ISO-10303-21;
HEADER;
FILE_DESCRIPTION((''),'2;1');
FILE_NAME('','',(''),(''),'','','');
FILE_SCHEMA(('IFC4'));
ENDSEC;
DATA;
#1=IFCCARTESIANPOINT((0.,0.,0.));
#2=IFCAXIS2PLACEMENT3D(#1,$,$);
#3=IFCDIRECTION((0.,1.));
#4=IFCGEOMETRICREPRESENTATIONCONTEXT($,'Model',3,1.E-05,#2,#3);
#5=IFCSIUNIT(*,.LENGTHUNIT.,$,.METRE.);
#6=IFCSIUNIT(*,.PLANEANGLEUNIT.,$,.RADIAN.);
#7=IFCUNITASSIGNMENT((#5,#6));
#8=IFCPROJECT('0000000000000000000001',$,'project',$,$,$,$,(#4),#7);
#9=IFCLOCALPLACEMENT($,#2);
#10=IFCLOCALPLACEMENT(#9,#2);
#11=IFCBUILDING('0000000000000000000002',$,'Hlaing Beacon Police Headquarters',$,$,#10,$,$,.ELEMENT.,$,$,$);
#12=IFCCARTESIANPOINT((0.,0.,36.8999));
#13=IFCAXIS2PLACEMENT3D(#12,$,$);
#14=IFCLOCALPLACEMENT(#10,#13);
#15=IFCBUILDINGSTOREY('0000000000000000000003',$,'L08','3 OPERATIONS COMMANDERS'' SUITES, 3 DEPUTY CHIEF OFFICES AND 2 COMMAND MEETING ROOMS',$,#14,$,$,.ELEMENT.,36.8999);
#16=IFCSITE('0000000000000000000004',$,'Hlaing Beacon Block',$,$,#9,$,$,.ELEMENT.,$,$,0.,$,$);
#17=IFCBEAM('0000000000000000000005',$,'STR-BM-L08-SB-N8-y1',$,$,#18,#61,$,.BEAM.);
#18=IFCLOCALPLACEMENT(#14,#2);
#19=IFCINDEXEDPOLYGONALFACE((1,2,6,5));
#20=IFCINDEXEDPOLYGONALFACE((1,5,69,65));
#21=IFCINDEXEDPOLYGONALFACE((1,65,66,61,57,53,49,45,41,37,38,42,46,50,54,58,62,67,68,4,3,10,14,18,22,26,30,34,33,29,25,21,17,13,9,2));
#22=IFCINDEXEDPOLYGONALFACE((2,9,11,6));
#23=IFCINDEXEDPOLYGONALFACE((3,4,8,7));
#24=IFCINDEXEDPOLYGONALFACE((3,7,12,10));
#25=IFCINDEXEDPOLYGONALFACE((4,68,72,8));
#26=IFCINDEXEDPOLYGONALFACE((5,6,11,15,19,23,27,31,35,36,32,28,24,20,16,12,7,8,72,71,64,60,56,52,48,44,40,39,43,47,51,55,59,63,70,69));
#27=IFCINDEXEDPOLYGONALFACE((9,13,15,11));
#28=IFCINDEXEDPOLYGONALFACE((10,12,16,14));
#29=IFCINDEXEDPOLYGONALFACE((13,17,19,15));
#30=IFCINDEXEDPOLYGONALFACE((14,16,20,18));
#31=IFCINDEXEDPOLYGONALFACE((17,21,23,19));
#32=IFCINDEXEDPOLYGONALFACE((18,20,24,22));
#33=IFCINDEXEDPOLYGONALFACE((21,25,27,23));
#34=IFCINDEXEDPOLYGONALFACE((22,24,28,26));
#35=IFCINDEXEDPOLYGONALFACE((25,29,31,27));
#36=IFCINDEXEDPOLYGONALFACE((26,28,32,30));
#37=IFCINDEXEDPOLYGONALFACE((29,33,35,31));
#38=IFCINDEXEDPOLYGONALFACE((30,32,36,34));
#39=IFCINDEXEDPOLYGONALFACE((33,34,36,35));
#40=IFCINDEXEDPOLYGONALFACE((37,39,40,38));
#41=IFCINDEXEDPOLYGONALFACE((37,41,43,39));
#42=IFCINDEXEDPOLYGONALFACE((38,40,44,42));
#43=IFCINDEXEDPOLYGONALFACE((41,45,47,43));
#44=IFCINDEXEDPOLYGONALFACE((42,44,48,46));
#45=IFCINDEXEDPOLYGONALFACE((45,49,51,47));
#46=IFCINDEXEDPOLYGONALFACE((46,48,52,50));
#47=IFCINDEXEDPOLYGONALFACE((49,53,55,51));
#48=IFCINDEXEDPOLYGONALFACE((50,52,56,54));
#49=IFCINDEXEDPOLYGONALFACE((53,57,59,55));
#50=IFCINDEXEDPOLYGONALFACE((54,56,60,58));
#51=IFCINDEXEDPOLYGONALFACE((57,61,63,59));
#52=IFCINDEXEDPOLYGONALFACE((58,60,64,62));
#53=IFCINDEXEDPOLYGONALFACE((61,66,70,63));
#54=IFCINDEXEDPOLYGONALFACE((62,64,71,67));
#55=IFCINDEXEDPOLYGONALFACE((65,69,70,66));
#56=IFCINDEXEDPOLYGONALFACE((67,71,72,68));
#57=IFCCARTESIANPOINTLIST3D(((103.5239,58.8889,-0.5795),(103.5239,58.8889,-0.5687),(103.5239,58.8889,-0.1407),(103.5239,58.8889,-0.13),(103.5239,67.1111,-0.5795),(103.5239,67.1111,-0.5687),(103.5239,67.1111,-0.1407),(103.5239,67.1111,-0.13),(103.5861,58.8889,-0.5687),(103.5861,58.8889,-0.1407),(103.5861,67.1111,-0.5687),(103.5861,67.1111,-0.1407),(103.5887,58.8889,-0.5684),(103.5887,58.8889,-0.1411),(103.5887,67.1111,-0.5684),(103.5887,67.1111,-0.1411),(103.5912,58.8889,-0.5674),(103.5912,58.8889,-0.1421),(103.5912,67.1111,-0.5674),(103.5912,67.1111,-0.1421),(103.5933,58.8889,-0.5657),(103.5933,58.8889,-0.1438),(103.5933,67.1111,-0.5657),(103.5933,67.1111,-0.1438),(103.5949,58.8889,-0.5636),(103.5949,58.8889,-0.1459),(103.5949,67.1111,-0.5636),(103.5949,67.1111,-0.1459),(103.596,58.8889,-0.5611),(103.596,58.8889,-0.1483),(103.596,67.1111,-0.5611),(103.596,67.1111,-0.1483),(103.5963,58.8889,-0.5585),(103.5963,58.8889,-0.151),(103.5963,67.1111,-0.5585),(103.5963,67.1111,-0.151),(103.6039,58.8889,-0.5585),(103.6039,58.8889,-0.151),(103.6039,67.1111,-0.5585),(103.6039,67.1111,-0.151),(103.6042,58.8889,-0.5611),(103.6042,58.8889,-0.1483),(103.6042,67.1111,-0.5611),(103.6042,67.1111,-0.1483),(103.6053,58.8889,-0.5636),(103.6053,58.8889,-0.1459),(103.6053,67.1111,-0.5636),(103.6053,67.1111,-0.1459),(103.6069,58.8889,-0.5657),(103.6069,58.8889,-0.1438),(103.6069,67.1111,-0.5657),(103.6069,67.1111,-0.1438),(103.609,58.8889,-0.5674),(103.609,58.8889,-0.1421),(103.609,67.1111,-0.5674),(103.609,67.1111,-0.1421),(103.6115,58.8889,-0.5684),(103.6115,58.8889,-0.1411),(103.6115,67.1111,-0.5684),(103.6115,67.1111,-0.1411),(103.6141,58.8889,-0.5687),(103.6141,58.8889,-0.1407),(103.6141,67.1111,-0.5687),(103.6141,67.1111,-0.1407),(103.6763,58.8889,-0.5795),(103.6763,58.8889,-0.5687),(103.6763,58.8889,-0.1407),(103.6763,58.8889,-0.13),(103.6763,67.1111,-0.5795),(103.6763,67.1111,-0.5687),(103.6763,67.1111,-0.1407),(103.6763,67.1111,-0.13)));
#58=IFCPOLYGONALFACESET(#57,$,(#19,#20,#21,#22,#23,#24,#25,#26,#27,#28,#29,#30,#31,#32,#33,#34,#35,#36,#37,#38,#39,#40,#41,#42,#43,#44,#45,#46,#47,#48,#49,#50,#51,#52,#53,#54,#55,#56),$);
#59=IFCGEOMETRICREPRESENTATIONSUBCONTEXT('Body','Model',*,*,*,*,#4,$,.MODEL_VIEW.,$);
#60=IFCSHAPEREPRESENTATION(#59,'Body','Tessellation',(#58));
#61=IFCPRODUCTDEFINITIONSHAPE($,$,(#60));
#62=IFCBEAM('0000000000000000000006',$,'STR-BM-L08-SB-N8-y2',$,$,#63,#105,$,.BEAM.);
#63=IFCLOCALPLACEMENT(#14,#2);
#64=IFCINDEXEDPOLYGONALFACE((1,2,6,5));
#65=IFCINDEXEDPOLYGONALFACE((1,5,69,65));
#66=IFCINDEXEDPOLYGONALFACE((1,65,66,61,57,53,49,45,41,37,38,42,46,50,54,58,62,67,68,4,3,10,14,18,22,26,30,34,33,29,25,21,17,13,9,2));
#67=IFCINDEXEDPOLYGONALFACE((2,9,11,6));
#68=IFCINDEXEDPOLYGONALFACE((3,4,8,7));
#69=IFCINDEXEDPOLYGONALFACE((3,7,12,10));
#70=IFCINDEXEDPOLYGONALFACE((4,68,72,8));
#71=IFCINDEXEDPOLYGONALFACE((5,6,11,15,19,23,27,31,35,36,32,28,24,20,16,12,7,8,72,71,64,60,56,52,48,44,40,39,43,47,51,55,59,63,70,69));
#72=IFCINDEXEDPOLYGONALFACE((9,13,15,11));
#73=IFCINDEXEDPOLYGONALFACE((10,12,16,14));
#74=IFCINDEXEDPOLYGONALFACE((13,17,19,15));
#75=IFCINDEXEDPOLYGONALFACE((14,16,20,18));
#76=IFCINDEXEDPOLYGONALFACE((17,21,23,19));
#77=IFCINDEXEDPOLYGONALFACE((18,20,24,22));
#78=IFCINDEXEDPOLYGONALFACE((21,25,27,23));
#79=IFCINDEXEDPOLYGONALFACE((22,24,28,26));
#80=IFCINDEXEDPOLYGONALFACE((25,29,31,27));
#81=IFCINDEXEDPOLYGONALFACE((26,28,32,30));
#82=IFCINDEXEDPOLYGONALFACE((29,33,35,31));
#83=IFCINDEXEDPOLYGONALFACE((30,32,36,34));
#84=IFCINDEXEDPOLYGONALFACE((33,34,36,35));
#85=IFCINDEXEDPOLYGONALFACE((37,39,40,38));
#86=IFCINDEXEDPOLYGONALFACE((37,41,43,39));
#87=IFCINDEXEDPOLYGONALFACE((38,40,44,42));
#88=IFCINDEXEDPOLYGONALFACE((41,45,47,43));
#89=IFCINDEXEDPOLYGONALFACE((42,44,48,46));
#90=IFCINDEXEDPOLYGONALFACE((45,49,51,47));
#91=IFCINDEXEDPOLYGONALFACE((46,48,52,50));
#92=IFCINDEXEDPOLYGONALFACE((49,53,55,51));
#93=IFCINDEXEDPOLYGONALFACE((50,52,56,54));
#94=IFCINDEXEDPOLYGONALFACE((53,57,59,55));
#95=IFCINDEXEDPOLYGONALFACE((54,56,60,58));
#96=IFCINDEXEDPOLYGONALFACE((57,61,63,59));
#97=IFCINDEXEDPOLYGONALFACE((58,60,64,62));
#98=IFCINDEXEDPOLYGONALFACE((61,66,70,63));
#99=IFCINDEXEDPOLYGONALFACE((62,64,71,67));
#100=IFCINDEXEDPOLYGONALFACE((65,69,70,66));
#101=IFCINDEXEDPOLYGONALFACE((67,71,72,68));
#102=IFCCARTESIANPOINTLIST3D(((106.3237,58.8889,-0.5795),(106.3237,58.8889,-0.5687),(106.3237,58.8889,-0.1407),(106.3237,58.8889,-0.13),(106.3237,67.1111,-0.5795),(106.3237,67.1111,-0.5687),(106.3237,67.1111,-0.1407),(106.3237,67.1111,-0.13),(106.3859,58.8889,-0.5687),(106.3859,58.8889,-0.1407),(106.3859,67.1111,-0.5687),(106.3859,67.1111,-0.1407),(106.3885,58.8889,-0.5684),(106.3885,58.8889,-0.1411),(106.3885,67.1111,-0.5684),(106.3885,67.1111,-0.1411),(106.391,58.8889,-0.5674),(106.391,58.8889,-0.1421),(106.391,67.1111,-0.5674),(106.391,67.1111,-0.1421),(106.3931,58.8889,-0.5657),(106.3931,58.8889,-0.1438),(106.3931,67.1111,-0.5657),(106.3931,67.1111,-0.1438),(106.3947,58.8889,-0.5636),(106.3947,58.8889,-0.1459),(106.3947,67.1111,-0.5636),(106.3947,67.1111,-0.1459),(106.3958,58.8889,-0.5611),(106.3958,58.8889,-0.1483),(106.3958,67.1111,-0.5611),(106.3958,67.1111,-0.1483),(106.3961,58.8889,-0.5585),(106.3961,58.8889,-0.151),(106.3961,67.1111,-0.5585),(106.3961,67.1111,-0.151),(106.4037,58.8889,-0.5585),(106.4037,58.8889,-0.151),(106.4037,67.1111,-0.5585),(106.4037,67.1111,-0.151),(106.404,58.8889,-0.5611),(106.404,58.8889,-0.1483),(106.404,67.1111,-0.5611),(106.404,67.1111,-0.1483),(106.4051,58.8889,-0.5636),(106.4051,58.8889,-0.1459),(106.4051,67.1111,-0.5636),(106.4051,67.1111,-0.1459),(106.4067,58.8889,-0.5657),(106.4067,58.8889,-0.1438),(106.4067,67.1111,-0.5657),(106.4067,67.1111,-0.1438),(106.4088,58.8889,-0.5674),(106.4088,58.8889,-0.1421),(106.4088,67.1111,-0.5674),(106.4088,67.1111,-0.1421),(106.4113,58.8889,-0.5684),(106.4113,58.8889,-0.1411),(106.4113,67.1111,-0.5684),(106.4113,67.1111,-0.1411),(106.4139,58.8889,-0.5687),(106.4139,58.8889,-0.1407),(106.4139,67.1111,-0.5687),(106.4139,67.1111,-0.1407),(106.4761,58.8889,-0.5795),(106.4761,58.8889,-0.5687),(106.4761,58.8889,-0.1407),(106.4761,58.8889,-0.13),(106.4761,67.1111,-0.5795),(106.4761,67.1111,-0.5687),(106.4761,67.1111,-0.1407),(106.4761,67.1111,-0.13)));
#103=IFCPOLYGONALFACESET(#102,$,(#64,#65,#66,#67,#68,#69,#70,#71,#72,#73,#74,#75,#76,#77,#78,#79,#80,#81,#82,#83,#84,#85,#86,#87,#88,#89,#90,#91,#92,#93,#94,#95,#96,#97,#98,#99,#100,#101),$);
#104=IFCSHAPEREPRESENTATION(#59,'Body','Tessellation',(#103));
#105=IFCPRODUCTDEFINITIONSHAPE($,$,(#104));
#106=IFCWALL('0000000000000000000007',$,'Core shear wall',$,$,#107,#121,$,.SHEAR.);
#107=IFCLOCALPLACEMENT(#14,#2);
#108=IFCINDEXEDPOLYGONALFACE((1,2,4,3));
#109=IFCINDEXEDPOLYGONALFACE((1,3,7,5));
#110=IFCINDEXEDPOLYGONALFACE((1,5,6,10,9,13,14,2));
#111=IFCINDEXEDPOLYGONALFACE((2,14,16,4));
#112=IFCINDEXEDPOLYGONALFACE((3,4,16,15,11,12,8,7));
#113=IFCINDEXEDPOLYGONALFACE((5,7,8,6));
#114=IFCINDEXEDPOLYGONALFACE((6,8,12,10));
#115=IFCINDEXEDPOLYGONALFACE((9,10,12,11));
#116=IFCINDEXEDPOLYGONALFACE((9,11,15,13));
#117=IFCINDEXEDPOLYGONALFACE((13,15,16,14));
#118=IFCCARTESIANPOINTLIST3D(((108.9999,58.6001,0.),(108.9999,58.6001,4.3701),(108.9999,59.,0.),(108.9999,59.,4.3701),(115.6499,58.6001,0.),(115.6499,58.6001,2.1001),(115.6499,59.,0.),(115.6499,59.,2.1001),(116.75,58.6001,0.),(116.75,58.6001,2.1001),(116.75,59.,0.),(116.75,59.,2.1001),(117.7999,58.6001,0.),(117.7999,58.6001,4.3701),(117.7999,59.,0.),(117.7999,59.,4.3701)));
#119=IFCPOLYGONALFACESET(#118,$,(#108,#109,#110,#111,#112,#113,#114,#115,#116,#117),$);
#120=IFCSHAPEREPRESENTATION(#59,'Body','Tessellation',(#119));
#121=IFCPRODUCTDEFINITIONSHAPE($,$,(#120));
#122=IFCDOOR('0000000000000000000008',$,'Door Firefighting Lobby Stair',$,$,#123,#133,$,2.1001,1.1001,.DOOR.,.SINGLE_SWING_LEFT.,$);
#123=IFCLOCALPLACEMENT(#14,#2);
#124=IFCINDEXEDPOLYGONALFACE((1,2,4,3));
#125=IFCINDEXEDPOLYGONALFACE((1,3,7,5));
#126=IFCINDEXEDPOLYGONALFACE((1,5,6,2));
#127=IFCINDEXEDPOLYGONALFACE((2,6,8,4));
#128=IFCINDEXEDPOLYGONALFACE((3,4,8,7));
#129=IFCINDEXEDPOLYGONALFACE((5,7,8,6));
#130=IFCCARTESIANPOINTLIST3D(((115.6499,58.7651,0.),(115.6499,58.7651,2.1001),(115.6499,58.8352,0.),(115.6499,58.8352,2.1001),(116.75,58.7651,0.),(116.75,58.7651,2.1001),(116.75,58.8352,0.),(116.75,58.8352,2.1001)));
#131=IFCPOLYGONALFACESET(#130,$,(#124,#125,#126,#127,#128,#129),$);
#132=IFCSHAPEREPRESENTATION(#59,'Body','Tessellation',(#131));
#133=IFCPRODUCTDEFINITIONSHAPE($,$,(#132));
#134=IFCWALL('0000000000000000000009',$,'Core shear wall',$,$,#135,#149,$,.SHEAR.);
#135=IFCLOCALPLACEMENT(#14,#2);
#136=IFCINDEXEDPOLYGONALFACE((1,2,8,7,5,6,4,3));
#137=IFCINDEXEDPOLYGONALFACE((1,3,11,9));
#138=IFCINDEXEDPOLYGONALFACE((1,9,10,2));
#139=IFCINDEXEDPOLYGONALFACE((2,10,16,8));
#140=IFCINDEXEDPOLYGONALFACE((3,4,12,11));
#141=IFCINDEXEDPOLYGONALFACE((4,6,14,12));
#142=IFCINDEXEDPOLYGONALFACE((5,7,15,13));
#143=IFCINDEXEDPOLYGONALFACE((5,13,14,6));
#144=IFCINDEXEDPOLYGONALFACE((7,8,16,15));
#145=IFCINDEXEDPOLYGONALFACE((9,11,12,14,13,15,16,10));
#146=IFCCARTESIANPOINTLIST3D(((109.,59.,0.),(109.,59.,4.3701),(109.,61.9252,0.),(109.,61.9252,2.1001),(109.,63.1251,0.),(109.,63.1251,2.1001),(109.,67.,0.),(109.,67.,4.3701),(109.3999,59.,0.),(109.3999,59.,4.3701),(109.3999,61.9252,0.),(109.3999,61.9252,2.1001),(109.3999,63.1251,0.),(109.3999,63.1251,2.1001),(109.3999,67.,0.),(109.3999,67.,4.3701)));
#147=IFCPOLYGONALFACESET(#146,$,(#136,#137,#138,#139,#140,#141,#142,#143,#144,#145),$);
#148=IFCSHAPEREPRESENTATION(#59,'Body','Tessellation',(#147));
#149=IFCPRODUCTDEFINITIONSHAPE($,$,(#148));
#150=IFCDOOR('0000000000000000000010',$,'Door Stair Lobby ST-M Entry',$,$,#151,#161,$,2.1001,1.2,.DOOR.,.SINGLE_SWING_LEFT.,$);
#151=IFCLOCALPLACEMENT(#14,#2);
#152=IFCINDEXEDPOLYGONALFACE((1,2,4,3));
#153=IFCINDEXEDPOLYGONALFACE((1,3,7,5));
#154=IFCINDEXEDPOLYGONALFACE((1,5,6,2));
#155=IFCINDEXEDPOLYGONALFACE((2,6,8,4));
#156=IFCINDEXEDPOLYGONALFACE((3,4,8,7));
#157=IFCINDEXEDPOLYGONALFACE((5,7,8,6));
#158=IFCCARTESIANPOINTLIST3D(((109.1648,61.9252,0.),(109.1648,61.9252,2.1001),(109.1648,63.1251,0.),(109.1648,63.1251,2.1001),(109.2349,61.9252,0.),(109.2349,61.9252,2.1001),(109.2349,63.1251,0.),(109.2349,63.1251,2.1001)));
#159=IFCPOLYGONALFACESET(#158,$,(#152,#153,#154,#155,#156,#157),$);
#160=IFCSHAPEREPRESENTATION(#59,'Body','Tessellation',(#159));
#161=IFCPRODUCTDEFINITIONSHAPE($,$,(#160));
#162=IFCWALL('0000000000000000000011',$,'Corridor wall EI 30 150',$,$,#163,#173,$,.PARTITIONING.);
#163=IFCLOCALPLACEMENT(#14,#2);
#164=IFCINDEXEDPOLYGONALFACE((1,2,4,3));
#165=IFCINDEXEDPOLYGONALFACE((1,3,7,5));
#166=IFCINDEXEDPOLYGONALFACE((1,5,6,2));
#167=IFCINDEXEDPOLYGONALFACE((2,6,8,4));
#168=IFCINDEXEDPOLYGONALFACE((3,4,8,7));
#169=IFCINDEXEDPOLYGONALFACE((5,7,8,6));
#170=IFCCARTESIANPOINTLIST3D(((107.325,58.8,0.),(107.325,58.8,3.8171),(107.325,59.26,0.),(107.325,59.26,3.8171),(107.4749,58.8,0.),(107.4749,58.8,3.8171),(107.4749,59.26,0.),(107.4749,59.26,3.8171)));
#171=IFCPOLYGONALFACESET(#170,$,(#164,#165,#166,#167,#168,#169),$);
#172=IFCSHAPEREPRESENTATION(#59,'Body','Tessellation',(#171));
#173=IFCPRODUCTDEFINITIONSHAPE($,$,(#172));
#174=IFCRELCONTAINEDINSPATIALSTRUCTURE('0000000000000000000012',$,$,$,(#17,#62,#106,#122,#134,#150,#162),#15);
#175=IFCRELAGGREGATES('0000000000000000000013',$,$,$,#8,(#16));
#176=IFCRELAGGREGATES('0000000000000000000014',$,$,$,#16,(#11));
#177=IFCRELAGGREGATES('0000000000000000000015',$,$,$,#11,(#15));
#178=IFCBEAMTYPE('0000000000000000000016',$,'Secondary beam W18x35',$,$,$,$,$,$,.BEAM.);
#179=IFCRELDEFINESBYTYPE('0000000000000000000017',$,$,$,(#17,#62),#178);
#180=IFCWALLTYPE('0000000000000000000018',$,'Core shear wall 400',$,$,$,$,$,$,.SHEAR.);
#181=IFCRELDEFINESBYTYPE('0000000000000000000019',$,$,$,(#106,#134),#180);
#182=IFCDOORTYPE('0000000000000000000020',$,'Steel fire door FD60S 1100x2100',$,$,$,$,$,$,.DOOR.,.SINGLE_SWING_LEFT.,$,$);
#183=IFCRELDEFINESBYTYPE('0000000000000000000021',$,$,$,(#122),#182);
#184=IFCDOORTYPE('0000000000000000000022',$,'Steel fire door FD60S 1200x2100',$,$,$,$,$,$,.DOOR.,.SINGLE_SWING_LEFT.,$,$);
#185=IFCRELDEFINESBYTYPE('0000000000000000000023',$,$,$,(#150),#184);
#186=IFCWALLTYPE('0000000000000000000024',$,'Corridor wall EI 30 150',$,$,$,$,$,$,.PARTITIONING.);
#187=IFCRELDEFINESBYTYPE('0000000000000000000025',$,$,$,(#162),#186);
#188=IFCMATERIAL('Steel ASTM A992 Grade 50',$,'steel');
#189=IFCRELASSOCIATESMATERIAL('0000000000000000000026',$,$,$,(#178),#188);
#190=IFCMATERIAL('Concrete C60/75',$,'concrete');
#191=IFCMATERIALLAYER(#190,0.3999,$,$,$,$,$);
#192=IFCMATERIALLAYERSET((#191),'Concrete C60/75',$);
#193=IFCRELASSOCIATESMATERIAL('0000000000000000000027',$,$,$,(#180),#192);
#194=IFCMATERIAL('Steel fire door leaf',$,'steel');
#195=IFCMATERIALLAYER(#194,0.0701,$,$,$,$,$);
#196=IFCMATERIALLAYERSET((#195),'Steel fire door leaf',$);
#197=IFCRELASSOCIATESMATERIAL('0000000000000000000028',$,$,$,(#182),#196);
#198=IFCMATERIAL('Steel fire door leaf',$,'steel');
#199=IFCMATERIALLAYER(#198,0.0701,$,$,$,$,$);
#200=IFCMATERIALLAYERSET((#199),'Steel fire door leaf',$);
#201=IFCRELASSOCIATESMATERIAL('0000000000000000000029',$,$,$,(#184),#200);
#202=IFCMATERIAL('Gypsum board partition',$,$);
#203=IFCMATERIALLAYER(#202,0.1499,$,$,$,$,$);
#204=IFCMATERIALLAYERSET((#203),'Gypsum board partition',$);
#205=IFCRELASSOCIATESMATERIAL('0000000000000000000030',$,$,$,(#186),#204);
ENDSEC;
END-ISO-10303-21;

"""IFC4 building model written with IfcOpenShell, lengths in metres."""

from ifc_helpers import new_model, si_unit, direction, frame, frame_2d, origin, origin_2d, place, context, subcontext, project, spatial, rectangle, i_section, extrude, material, layer, layer_set, material_profile, profile_set, type_object, element, fill, save


model = new_model("IFC4")

# Units and contexts
model_context = context("Model", 3, precision=1e-05, world=origin(), true_north=direction((0.0, 1.0)))
body_context = subcontext(model_context, "Body", "Model", "MODEL_VIEW")
ifc_project = project(units=[si_unit("LENGTHUNIT", "METRE"), si_unit("PLANEANGLEUNIT", "RADIAN")], contexts=[model_context])

# Site, building, storey
site_placement = place(None, origin())
site = spatial("IfcSite", under=ifc_project, at=site_placement, Name="Hlaing Beacon Block", CompositionType="ELEMENT", RefElevation=0.0)
building_placement = place(site_placement, origin())
building = spatial("IfcBuilding", under=site, at=building_placement, Name="Hlaing Beacon Police Headquarters", CompositionType="ELEMENT")
storey_placement = place(building_placement, frame((0.0, 0.0, 36.8999)))
storey = spatial("IfcBuildingStorey", under=building, at=storey_placement, Name="L08", Description="3 OPERATIONS COMMANDERS' SUITES, 3 DEPUTY CHIEF OFFICES AND 2 COMMAND MEETING ROOMS", CompositionType="ELEMENT", Elevation=36.8999)

# Beams
ifc_material_1 = material(Name="Steel ASTM A992 Grade 50", Category="steel")
ifc_material_profile = material_profile(ifc_material_1, i_section(OverallWidth=0.1523, OverallDepth=0.4495, WebThickness=0.0076, FlangeThickness=0.0107, FilletRadius=0.0103, at=origin_2d()), Name="W18x35")
ifc_profile_set = profile_set([ifc_material_profile], Name="Steel ASTM A992 Grade 50")
beam_type = type_object("IfcBeamType", Name="Secondary beam W18x35", PredefinedType="BEAM", material=ifc_profile_set)
for number, where, z_axis, x_axis, name in (
    (1, (103.6001, 58.8889, -0.3547), (0.0, 1.0, 0.0), (-1.0, 0.0, 0.0), "STR-BM-L08-SB-N8-y1"),
    (2, (106.3999, 58.8889, -0.3547), (0.0, 1.0, 0.0), (-1.0, 0.0, 0.0), "STR-BM-L08-SB-N8-y2"),
):
    element("IfcBeam", number, at=place(storey_placement, frame(where, z_axis=z_axis, x_axis=x_axis)), inside=storey, type_object=beam_type, Name=name, PredefinedType="BEAM", context=body_context, shape_type="SweptSolid", body=[
        extrude(i_section(OverallWidth=0.1523, OverallDepth=0.4495, WebThickness=0.0076, FlangeThickness=0.0107, FilletRadius=0.0103, at=origin_2d()), origin(), (0.0, 0.0, 1.0), 8.2222),
    ])

# Walls, openings, doors
ifc_material_2 = material(Name="Concrete C60/75", Category="concrete")
ifc_layer_1 = layer(ifc_material_2, 0.3999)
ifc_layer_set_1 = layer_set([ifc_layer_1], Name="Concrete C60/75")
wall_type_1 = type_object("IfcWallType", Name="Core shear wall 400", PredefinedType="SHEAR", material=ifc_layer_set_1)
wall_1_placement = place(storey_placement, frame((109.0, 58.8, 0.0), z_axis=(0.0, 0.0, 1.0), x_axis=(1.0, 0.0, 0.0)))
wall_1 = element("IfcWall", 3, at=wall_1_placement, inside=storey, type_object=wall_type_1, Name="Core shear wall", PredefinedType="SHEAR", context=body_context, shape_type="SweptSolid", body=[
    extrude(rectangle(XDim=8.8, YDim=0.3999, at=frame_2d((4.3999, 0.0))), origin(), (0.0, 0.0, 1.0), 4.3701),
])
opening_1_placement = place(wall_1_placement, frame((6.6499, 0.0, 0.0)))
opening_1 = element("IfcOpeningElement", 4, at=opening_1_placement, cuts=wall_1, PredefinedType="OPENING", context=body_context, shape_type="SweptSolid", body=[
    extrude(rectangle(XDim=1.1001, YDim=2.1001, at=frame_2d((0.55, 1.05))), frame((0.0, 0.21, 0.0), z_axis=(0.0, -1.0, 0.0), x_axis=(1.0, 0.0, 0.0)), (0.0, 0.0, 1.0), 0.4199),
])
ifc_material_3 = material(Name="Steel fire door leaf", Category="steel")
ifc_layer_2 = layer(ifc_material_3, 0.0701)
ifc_layer_set_2 = layer_set([ifc_layer_2], Name="Steel fire door leaf")
door_type_1 = type_object("IfcDoorType", Name="Steel fire door FD60S 1100x2100", OperationType="SINGLE_SWING_LEFT", PredefinedType="DOOR", material=ifc_layer_set_2)
door_1_placement = place(opening_1_placement, origin())
door_1 = element("IfcDoor", 5, at=door_1_placement, inside=storey, type_object=door_type_1, Name="Door Firefighting Lobby Stair", OperationType="SINGLE_SWING_LEFT", OverallHeight=2.1001, OverallWidth=1.1001, PredefinedType="DOOR", context=body_context, shape_type="SweptSolid", body=[
    extrude(rectangle(XDim=1.1001, YDim=2.1001, at=frame_2d((0.55, 1.05))), frame((0.0, 0.0352, 0.0), z_axis=(0.0, -1.0, 0.0), x_axis=(1.0, 0.0, 0.0)), (0.0, 0.0, 1.0), 0.0701),
])
fill(opening_1, door_1)
wall_2_placement = place(storey_placement, frame((109.2, 59.0, 0.0), z_axis=(0.0, 0.0, 1.0), x_axis=(0.0, 1.0, 0.0)))
wall_2 = element("IfcWall", 6, at=wall_2_placement, inside=storey, type_object=wall_type_1, Name="Core shear wall", PredefinedType="SHEAR", context=body_context, shape_type="SweptSolid", body=[
    extrude(rectangle(XDim=8.0, YDim=0.3999, at=frame_2d((4.0, 0.0))), origin(), (0.0, 0.0, 1.0), 4.3701),
])
opening_2_placement = place(wall_2_placement, frame((2.925, 0.0, 0.0)))
opening_2 = element("IfcOpeningElement", 7, at=opening_2_placement, cuts=wall_2, PredefinedType="OPENING", context=body_context, shape_type="SweptSolid", body=[
    extrude(rectangle(XDim=1.2, YDim=2.1001, at=frame_2d((0.6001, 1.05))), frame((0.0, 0.21, 0.0), z_axis=(0.0, -1.0, 0.0), x_axis=(1.0, 0.0, 0.0)), (0.0, 0.0, 1.0), 0.4199),
])
ifc_material_4 = material(Name="Steel fire door leaf", Category="steel")
ifc_layer_3 = layer(ifc_material_4, 0.0701)
ifc_layer_set_3 = layer_set([ifc_layer_3], Name="Steel fire door leaf")
door_type_2 = type_object("IfcDoorType", Name="Steel fire door FD60S 1200x2100", OperationType="SINGLE_SWING_LEFT", PredefinedType="DOOR", material=ifc_layer_set_3)
door_2_placement = place(opening_2_placement, frame((1.2, 0.0, 0.0), z_axis=(0.0, 0.0, 1.0), x_axis=(-1.0, 0.0, 0.0)))
door_2 = element("IfcDoor", 8, at=door_2_placement, inside=storey, type_object=door_type_2, Name="Door Stair Lobby ST-M Entry", OperationType="SINGLE_SWING_LEFT", OverallHeight=2.1001, OverallWidth=1.2, PredefinedType="DOOR", context=body_context, shape_type="SweptSolid", body=[
    extrude(rectangle(XDim=1.2, YDim=2.1001, at=frame_2d((0.5999, 1.05))), frame((0.0, 0.0349, 0.0), z_axis=(0.0, -1.0, 0.0), x_axis=(1.0, 0.0, 0.0)), (0.0, 0.0, 1.0), 0.0701),
])
fill(opening_2, door_2)

# Wall
ifc_material_5 = material(Name="Gypsum board partition")
ifc_layer_4 = layer(ifc_material_5, 0.1499)
ifc_layer_set_4 = layer_set([ifc_layer_4], Name="Gypsum board partition")
wall_type_2 = type_object("IfcWallType", Name="Corridor wall EI 30 150", PredefinedType="PARTITIONING", material=ifc_layer_set_4)
wall_3_placement = place(storey_placement, frame((107.3999, 58.8, 0.0), z_axis=(0.0, 0.0, 1.0), x_axis=(0.0, 1.0, 0.0)))
element("IfcWall", 9, at=wall_3_placement, inside=storey, type_object=wall_type_2, Name="Corridor wall EI 30 150", PredefinedType="PARTITIONING", context=body_context, shape_type="SweptSolid", body=[
    extrude(rectangle(XDim=0.46, YDim=0.1499, at=frame_2d((0.23, 0.0))), origin(), (0.0, 0.0, 1.0), 3.8171),
])

save(model, "model.ifc")
